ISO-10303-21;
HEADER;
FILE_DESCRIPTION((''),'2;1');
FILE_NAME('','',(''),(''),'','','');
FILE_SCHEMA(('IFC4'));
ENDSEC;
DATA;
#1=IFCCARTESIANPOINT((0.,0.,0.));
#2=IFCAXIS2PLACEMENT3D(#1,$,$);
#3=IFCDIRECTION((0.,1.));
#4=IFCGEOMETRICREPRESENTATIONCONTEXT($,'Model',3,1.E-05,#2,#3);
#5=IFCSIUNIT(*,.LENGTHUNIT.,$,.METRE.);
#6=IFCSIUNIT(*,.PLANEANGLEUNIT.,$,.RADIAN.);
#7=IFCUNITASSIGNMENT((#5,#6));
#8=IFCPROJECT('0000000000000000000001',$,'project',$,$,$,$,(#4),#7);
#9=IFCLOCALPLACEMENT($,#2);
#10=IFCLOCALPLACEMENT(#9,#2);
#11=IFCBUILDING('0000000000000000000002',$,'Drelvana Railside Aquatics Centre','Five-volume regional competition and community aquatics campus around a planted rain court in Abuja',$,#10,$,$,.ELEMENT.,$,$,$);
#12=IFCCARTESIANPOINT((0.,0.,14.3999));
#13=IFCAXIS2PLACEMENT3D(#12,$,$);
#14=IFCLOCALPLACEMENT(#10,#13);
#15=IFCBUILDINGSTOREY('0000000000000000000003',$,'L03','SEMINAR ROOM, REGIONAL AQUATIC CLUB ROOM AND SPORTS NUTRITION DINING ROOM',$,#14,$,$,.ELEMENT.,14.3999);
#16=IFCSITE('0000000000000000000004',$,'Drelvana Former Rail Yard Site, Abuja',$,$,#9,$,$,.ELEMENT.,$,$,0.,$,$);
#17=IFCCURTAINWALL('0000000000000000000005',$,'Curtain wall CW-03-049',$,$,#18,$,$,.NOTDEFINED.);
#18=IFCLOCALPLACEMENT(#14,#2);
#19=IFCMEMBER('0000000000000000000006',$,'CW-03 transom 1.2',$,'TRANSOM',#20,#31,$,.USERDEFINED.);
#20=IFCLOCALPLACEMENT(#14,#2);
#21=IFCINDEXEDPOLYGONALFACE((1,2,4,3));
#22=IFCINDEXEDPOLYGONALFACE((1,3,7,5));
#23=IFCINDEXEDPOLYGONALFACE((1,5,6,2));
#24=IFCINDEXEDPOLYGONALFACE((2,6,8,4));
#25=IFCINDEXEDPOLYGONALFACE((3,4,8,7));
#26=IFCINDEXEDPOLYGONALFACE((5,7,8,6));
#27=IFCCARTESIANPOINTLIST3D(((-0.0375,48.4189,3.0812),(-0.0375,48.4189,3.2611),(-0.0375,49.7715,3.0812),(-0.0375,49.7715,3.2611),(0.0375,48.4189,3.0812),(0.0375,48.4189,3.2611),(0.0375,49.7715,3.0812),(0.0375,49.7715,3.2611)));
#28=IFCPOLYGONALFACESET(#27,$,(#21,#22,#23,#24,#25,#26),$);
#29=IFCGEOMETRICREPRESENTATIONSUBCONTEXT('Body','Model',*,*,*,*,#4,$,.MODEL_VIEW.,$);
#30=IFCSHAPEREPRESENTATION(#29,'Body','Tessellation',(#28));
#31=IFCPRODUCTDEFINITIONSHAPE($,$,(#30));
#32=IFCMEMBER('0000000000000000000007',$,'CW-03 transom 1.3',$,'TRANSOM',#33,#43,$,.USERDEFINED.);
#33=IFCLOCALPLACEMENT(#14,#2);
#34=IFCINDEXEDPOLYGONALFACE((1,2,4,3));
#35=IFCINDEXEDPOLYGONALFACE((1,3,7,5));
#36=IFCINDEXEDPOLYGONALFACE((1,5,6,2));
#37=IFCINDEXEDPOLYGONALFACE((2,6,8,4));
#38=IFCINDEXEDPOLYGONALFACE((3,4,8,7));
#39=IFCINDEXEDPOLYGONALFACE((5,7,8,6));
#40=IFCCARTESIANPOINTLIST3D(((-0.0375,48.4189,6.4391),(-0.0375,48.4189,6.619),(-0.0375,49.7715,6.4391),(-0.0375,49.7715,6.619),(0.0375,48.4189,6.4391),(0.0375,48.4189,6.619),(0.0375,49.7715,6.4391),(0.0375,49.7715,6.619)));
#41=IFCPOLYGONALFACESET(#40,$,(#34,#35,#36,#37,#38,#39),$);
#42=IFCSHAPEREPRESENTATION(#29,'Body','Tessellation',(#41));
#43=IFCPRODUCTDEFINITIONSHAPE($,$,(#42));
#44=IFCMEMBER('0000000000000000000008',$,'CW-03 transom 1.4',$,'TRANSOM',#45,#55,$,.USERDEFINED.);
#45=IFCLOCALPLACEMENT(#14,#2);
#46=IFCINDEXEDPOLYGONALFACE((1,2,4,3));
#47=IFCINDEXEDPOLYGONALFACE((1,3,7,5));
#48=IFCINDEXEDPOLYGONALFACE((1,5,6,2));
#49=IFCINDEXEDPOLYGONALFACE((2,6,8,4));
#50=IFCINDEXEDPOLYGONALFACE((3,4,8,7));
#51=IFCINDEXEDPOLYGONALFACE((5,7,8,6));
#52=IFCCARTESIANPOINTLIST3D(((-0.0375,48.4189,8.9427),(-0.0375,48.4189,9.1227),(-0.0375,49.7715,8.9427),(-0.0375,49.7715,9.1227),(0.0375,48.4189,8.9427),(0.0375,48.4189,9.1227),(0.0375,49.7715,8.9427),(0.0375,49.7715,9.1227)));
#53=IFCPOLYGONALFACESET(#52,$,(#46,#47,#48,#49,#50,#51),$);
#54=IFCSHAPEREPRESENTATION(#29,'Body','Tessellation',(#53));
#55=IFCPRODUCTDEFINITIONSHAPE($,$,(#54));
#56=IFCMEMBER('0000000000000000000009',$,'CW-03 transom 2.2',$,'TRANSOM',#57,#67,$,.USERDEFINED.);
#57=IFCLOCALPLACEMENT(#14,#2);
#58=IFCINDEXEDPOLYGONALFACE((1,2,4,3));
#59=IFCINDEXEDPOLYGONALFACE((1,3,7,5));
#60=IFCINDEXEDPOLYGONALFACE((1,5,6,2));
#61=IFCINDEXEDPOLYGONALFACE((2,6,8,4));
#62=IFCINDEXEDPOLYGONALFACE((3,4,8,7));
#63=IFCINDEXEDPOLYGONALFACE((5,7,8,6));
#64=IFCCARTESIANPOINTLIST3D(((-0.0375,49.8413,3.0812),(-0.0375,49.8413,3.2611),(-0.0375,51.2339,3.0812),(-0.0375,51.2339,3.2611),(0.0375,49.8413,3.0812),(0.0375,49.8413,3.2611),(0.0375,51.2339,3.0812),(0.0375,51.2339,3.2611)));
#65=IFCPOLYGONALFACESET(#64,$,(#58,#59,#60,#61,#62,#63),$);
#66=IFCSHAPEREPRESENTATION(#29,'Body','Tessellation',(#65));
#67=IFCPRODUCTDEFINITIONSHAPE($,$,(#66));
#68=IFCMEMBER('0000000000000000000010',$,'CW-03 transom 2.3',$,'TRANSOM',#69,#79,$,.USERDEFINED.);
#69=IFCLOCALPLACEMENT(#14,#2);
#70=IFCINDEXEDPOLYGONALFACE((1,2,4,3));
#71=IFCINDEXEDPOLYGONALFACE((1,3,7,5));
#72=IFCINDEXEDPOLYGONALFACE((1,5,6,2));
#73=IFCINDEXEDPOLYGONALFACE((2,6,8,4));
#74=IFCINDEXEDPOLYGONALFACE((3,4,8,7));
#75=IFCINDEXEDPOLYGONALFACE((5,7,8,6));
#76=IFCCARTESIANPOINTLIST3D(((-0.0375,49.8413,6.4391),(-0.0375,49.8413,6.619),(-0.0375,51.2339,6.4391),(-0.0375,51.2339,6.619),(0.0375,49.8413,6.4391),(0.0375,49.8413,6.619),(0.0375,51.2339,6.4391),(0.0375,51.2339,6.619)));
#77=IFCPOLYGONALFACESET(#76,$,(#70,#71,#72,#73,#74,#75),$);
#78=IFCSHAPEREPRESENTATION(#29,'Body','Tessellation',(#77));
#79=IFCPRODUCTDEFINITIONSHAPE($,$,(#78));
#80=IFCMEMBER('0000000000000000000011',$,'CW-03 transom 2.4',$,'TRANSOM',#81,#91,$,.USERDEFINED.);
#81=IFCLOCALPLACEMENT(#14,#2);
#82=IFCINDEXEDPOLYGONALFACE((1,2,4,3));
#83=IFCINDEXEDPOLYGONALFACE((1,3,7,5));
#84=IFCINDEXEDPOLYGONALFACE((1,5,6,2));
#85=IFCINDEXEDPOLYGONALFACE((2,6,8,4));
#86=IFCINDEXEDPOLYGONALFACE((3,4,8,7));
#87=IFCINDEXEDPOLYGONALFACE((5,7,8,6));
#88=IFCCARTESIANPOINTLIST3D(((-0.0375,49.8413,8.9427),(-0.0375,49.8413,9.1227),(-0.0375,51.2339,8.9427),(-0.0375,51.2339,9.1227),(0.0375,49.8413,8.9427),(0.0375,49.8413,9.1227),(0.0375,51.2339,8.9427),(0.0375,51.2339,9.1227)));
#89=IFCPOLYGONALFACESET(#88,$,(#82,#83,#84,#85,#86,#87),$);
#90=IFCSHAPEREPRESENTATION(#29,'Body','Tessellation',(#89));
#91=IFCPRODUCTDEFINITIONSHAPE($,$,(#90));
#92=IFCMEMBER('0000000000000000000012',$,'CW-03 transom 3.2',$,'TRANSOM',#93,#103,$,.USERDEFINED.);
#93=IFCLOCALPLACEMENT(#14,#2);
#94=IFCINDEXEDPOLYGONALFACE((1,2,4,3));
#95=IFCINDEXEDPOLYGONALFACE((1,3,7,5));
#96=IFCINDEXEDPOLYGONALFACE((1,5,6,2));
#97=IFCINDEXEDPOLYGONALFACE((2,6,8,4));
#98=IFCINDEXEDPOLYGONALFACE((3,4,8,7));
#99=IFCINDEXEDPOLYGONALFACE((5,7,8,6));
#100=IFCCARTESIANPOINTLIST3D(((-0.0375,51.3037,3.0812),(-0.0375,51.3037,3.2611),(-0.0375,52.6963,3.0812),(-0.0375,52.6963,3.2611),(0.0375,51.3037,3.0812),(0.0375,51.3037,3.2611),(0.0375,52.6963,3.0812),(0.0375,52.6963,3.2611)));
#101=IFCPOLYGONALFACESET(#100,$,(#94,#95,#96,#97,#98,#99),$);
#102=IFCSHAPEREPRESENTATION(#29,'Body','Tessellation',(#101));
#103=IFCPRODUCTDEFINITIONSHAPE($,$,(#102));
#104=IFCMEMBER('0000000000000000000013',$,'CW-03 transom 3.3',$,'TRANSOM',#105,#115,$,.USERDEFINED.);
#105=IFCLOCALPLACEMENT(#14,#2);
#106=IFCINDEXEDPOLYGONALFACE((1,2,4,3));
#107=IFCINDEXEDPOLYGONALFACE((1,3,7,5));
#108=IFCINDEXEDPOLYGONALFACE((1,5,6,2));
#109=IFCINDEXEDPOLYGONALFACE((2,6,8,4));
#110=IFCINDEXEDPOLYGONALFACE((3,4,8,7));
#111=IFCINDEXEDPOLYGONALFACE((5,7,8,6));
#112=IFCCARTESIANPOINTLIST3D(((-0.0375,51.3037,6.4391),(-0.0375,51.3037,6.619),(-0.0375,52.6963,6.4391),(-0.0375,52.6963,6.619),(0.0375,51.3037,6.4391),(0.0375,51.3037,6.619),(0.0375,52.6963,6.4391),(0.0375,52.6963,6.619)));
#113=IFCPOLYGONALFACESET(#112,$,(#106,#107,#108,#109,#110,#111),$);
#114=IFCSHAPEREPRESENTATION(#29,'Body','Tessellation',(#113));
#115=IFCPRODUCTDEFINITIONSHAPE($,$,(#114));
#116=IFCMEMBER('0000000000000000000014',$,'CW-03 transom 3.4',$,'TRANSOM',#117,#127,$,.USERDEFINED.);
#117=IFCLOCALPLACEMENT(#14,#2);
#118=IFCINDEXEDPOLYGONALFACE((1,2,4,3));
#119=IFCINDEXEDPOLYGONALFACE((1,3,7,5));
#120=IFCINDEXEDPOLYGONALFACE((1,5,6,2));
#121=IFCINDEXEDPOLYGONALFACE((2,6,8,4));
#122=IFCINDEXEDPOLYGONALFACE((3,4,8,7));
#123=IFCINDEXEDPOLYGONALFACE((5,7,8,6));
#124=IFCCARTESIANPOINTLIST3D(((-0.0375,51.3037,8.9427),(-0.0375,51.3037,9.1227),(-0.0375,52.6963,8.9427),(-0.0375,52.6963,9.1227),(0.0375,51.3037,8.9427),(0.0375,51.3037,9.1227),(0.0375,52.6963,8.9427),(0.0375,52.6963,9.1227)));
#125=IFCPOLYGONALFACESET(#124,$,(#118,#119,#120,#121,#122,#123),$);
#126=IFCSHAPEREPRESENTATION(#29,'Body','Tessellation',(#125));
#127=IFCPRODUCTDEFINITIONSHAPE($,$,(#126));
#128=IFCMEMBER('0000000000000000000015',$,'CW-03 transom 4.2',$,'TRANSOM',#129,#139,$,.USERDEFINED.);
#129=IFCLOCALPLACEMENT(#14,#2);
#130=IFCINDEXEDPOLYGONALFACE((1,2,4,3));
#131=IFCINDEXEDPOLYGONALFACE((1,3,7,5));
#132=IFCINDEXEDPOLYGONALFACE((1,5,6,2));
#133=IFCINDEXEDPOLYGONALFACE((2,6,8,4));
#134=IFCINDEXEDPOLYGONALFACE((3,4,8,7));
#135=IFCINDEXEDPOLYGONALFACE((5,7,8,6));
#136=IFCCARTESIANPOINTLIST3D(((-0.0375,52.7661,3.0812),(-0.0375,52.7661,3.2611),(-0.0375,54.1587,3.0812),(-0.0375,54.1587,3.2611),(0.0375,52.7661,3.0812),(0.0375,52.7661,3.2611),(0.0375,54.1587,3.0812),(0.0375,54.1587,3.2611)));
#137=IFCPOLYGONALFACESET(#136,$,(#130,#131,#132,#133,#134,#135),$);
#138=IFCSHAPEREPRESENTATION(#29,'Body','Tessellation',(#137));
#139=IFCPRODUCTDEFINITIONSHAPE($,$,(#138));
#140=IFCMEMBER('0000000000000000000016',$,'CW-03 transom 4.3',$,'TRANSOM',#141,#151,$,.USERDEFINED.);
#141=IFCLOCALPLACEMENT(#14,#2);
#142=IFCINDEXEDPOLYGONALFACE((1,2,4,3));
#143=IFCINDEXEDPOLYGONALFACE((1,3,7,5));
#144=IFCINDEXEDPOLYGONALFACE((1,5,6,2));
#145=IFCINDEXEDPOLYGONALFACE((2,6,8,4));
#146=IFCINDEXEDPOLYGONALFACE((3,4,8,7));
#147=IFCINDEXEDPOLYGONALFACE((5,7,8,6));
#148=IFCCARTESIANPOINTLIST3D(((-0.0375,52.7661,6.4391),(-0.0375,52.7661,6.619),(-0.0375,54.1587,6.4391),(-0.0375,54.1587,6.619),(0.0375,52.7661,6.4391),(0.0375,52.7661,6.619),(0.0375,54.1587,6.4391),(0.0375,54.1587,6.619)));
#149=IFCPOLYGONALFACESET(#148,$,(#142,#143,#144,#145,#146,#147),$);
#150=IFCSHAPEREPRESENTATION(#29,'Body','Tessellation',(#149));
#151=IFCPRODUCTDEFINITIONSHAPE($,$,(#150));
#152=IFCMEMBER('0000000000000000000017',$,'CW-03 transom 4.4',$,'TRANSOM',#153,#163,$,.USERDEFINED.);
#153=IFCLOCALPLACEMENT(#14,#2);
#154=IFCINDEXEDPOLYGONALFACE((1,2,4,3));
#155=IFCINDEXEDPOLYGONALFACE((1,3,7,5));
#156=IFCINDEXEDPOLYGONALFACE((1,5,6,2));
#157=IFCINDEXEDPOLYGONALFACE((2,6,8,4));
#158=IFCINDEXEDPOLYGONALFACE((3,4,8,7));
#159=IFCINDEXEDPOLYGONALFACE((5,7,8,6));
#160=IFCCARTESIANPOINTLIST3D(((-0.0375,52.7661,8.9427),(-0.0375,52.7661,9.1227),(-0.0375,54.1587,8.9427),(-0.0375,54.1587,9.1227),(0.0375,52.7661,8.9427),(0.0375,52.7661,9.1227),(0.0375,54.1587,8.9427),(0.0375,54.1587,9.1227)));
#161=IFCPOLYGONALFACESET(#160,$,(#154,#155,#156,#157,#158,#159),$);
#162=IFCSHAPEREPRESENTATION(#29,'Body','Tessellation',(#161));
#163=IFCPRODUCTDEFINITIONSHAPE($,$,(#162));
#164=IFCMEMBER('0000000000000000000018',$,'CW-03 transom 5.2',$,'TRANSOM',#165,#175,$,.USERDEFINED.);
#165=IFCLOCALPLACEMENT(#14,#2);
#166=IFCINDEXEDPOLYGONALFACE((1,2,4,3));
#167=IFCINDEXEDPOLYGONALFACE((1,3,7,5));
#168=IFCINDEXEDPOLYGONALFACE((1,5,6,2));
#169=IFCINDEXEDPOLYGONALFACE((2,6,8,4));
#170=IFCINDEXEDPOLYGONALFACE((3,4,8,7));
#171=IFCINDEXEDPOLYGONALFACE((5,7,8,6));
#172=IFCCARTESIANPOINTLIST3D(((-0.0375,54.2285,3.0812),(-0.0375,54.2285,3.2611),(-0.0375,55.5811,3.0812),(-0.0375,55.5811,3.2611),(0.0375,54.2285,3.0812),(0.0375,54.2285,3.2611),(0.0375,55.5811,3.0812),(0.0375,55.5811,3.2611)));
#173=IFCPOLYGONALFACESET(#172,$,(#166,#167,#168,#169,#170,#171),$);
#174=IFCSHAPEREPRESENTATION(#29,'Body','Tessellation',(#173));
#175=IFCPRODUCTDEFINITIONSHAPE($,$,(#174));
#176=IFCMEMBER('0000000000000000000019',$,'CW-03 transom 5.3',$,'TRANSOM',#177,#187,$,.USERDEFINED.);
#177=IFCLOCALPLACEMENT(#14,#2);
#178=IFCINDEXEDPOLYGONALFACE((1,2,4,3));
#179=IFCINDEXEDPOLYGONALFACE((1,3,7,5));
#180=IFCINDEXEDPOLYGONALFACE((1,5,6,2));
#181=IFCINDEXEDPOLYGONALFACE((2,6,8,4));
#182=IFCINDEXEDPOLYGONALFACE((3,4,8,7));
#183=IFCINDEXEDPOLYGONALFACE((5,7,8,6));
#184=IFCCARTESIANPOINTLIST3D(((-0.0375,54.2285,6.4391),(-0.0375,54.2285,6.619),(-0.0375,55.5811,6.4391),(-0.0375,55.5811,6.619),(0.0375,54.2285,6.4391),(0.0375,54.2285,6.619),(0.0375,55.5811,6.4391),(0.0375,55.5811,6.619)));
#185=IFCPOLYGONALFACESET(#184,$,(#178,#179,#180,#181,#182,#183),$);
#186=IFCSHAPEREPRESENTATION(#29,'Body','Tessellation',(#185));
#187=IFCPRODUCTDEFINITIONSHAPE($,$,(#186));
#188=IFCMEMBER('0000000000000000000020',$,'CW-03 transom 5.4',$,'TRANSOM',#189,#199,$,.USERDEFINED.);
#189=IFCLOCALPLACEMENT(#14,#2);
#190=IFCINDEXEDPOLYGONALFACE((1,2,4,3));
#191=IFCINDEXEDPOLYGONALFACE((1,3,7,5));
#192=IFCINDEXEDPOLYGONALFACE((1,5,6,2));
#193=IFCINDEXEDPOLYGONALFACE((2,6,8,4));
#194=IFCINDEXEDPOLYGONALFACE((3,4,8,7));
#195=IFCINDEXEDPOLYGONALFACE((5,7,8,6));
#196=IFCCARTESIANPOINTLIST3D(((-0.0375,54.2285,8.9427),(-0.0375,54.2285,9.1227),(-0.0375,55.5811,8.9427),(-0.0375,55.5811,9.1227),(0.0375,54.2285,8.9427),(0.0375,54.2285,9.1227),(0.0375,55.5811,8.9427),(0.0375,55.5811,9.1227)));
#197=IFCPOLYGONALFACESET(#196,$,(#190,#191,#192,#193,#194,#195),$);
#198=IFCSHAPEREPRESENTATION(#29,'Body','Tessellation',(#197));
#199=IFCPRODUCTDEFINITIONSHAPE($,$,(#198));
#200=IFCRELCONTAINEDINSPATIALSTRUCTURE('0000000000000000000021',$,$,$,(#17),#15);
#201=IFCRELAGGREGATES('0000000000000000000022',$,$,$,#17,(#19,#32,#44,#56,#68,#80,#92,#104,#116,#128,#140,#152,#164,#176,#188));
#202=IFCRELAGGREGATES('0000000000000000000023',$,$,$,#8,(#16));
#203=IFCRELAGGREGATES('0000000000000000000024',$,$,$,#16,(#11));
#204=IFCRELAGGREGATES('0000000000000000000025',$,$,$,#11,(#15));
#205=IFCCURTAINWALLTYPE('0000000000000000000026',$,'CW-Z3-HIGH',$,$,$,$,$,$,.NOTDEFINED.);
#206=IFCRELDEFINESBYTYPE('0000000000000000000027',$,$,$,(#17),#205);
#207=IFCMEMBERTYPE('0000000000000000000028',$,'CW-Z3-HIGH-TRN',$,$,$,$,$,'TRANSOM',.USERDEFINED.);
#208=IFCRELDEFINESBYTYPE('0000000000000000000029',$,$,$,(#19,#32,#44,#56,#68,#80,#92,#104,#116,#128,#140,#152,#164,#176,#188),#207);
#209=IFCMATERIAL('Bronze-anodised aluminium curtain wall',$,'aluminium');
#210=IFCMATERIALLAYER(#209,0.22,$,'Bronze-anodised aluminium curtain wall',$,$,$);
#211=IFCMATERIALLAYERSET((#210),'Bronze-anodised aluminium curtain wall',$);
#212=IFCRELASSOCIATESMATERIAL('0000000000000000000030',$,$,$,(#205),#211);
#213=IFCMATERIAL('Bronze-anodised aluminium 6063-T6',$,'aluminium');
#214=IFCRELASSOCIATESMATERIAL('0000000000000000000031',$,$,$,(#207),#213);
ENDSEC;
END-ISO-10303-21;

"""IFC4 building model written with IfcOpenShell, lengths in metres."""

from ifc_helpers import new_model, si_unit, direction, frame, origin, origin_2d, place, context, subcontext, project, spatial, rectangle, extrude, material, layer, layer_set, material_profile, profile_set, type_object, element, aggregate, save


model = new_model("IFC4")

# Units and contexts
model_context = context("Model", 3, precision=1e-05, world=origin(), true_north=direction((0.0, 1.0)))
body_context = subcontext(model_context, "Body", "Model", "MODEL_VIEW")
ifc_project = project(units=[si_unit("LENGTHUNIT", "METRE"), si_unit("PLANEANGLEUNIT", "RADIAN")], contexts=[model_context])

# Site, building, storey
site_placement = place(None, origin())
site = spatial("IfcSite", under=ifc_project, at=site_placement, Name="Drelvana Former Rail Yard Site, Abuja", CompositionType="ELEMENT", RefElevation=0.0)
building_placement = place(site_placement, origin())
building = spatial("IfcBuilding", under=site, at=building_placement, Name="Drelvana Railside Aquatics Centre", Description="Five-volume regional competition and community aquatics campus around a planted rain court in Abuja", CompositionType="ELEMENT")
storey_placement = place(building_placement, frame((0.0, 0.0, 14.3999)))
storey = spatial("IfcBuildingStorey", under=building, at=storey_placement, Name="L03", Description="SEMINAR ROOM, REGIONAL AQUATIC CLUB ROOM AND SPORTS NUTRITION DINING ROOM", CompositionType="ELEMENT", Elevation=14.3999)

# Curtain wall, members
ifc_material_1 = material(Name="Bronze-anodised aluminium curtain wall", Category="aluminium")
ifc_layer_1 = layer(ifc_material_1, 0.22, Name="Bronze-anodised aluminium curtain wall")
ifc_layer_set_1 = layer_set([ifc_layer_1], Name="Bronze-anodised aluminium curtain wall")
curtain_wall_type = type_object("IfcCurtainWallType", Name="CW-Z3-HIGH", PredefinedType="NOTDEFINED", material=ifc_layer_set_1)
curtain_wall_placement = place(storey_placement, origin())
curtain_wall = element("IfcCurtainWall", 1, at=curtain_wall_placement, inside=storey, type_object=curtain_wall_type, Name="Curtain wall CW-03-049", PredefinedType="NOTDEFINED")
ifc_material_2 = material(Name="Bronze-anodised aluminium 6063-T6", Category="aluminium")
ifc_material_profile = material_profile(ifc_material_2, rectangle(XDim=0.1799, YDim=0.075, at=origin_2d()), Name="ALU-T 75x180")
ifc_profile_set = profile_set([ifc_material_profile], Name="Bronze-anodised aluminium 6063-T6")
member_type = type_object("IfcMemberType", Name="CW-Z3-HIGH-TRN", ElementType="TRANSOM", PredefinedType="USERDEFINED", material=ifc_profile_set)
member_1_placement = place(storey_placement, frame((0.0, 48.4189, 3.1711), z_axis=(0.0, 1.0, 0.0), x_axis=(0.0, 0.0, 1.0)))
member_1 = element("IfcMember", 2, at=member_1_placement, type_object=member_type, Name="CW-03 transom 1.2", ObjectType="TRANSOM", PredefinedType="USERDEFINED", context=body_context, shape_type="SweptSolid", body=[
    extrude(rectangle(XDim=0.1799, YDim=0.075, at=origin_2d()), origin(), (0.0, 0.0, 1.0), 1.3525),
])
member_2_placement = place(storey_placement, frame((0.0, 48.4189, 6.5291), z_axis=(0.0, 1.0, 0.0), x_axis=(0.0, 0.0, 1.0)))
member_2 = element("IfcMember", 3, at=member_2_placement, type_object=member_type, Name="CW-03 transom 1.3", ObjectType="TRANSOM", PredefinedType="USERDEFINED", context=body_context, shape_type="SweptSolid", body=[
    extrude(rectangle(XDim=0.1799, YDim=0.075, at=origin_2d()), origin(), (0.0, 0.0, 1.0), 1.3525),
])
member_3_placement = place(storey_placement, frame((0.0, 48.4189, 9.0327), z_axis=(0.0, 1.0, 0.0), x_axis=(0.0, 0.0, 1.0)))
member_3 = element("IfcMember", 4, at=member_3_placement, type_object=member_type, Name="CW-03 transom 1.4", ObjectType="TRANSOM", PredefinedType="USERDEFINED", context=body_context, shape_type="SweptSolid", body=[
    extrude(rectangle(XDim=0.1799, YDim=0.075, at=origin_2d()), origin(), (0.0, 0.0, 1.0), 1.3525),
])
member_4_placement = place(storey_placement, frame((0.0, 49.8413, 3.1711), z_axis=(0.0, 1.0, 0.0), x_axis=(0.0, 0.0, 1.0)))
member_4 = element("IfcMember", 5, at=member_4_placement, type_object=member_type, Name="CW-03 transom 2.2", ObjectType="TRANSOM", PredefinedType="USERDEFINED", context=body_context, shape_type="SweptSolid", body=[
    extrude(rectangle(XDim=0.1799, YDim=0.075, at=origin_2d()), origin(), (0.0, 0.0, 1.0), 1.3926),
])
member_5_placement = place(storey_placement, frame((0.0, 49.8413, 6.5291), z_axis=(0.0, 1.0, 0.0), x_axis=(0.0, 0.0, 1.0)))
member_5 = element("IfcMember", 6, at=member_5_placement, type_object=member_type, Name="CW-03 transom 2.3", ObjectType="TRANSOM", PredefinedType="USERDEFINED", context=body_context, shape_type="SweptSolid", body=[
    extrude(rectangle(XDim=0.1799, YDim=0.075, at=origin_2d()), origin(), (0.0, 0.0, 1.0), 1.3926),
])
member_6_placement = place(storey_placement, frame((0.0, 49.8413, 9.0327), z_axis=(0.0, 1.0, 0.0), x_axis=(0.0, 0.0, 1.0)))
member_6 = element("IfcMember", 7, at=member_6_placement, type_object=member_type, Name="CW-03 transom 2.4", ObjectType="TRANSOM", PredefinedType="USERDEFINED", context=body_context, shape_type="SweptSolid", body=[
    extrude(rectangle(XDim=0.1799, YDim=0.075, at=origin_2d()), origin(), (0.0, 0.0, 1.0), 1.3926),
])
member_7_placement = place(storey_placement, frame((0.0, 51.3037, 3.1711), z_axis=(0.0, 1.0, 0.0), x_axis=(0.0, 0.0, 1.0)))
member_7 = element("IfcMember", 8, at=member_7_placement, type_object=member_type, Name="CW-03 transom 3.2", ObjectType="TRANSOM", PredefinedType="USERDEFINED", context=body_context, shape_type="SweptSolid", body=[
    extrude(rectangle(XDim=0.1799, YDim=0.075, at=origin_2d()), origin(), (0.0, 0.0, 1.0), 1.3926),
])
member_8_placement = place(storey_placement, frame((0.0, 51.3037, 6.5291), z_axis=(0.0, 1.0, 0.0), x_axis=(0.0, 0.0, 1.0)))
member_8 = element("IfcMember", 9, at=member_8_placement, type_object=member_type, Name="CW-03 transom 3.3", ObjectType="TRANSOM", PredefinedType="USERDEFINED", context=body_context, shape_type="SweptSolid", body=[
    extrude(rectangle(XDim=0.1799, YDim=0.075, at=origin_2d()), origin(), (0.0, 0.0, 1.0), 1.3926),
])
member_9_placement = place(storey_placement, frame((0.0, 51.3037, 9.0327), z_axis=(0.0, 1.0, 0.0), x_axis=(0.0, 0.0, 1.0)))
member_9 = element("IfcMember", 10, at=member_9_placement, type_object=member_type, Name="CW-03 transom 3.4", ObjectType="TRANSOM", PredefinedType="USERDEFINED", context=body_context, shape_type="SweptSolid", body=[
    extrude(rectangle(XDim=0.1799, YDim=0.075, at=origin_2d()), origin(), (0.0, 0.0, 1.0), 1.3926),
])
member_10_placement = place(storey_placement, frame((0.0, 52.7661, 3.1711), z_axis=(0.0, 1.0, 0.0), x_axis=(0.0, 0.0, 1.0)))
member_10 = element("IfcMember", 11, at=member_10_placement, type_object=member_type, Name="CW-03 transom 4.2", ObjectType="TRANSOM", PredefinedType="USERDEFINED", context=body_context, shape_type="SweptSolid", body=[
    extrude(rectangle(XDim=0.1799, YDim=0.075, at=origin_2d()), origin(), (0.0, 0.0, 1.0), 1.3926),
])
member_11_placement = place(storey_placement, frame((0.0, 52.7661, 6.5291), z_axis=(0.0, 1.0, 0.0), x_axis=(0.0, 0.0, 1.0)))
member_11 = element("IfcMember", 12, at=member_11_placement, type_object=member_type, Name="CW-03 transom 4.3", ObjectType="TRANSOM", PredefinedType="USERDEFINED", context=body_context, shape_type="SweptSolid", body=[
    extrude(rectangle(XDim=0.1799, YDim=0.075, at=origin_2d()), origin(), (0.0, 0.0, 1.0), 1.3926),
])
member_12_placement = place(storey_placement, frame((0.0, 52.7661, 9.0327), z_axis=(0.0, 1.0, 0.0), x_axis=(0.0, 0.0, 1.0)))
member_12 = element("IfcMember", 13, at=member_12_placement, type_object=member_type, Name="CW-03 transom 4.4", ObjectType="TRANSOM", PredefinedType="USERDEFINED", context=body_context, shape_type="SweptSolid", body=[
    extrude(rectangle(XDim=0.1799, YDim=0.075, at=origin_2d()), origin(), (0.0, 0.0, 1.0), 1.3926),
])
member_13_placement = place(storey_placement, frame((0.0, 54.2285, 3.1711), z_axis=(0.0, 1.0, 0.0), x_axis=(0.0, 0.0, 1.0)))
member_13 = element("IfcMember", 14, at=member_13_placement, type_object=member_type, Name="CW-03 transom 5.2", ObjectType="TRANSOM", PredefinedType="USERDEFINED", context=body_context, shape_type="SweptSolid", body=[
    extrude(rectangle(XDim=0.1799, YDim=0.075, at=origin_2d()), origin(), (0.0, 0.0, 1.0), 1.3525),
])
member_14_placement = place(storey_placement, frame((0.0, 54.2285, 6.5291), z_axis=(0.0, 1.0, 0.0), x_axis=(0.0, 0.0, 1.0)))
member_14 = element("IfcMember", 15, at=member_14_placement, type_object=member_type, Name="CW-03 transom 5.3", ObjectType="TRANSOM", PredefinedType="USERDEFINED", context=body_context, shape_type="SweptSolid", body=[
    extrude(rectangle(XDim=0.1799, YDim=0.075, at=origin_2d()), origin(), (0.0, 0.0, 1.0), 1.3525),
])
member_15_placement = place(storey_placement, frame((0.0, 54.2285, 9.0327), z_axis=(0.0, 1.0, 0.0), x_axis=(0.0, 0.0, 1.0)))
member_15 = element("IfcMember", 16, at=member_15_placement, type_object=member_type, Name="CW-03 transom 5.4", ObjectType="TRANSOM", PredefinedType="USERDEFINED", context=body_context, shape_type="SweptSolid", body=[
    extrude(rectangle(XDim=0.1799, YDim=0.075, at=origin_2d()), origin(), (0.0, 0.0, 1.0), 1.3525),
])
aggregate(curtain_wall, [member_1, member_2, member_3, member_4, member_5, member_6, member_7, member_8, member_9, member_10, member_11, member_12, member_13, member_14, member_15])

save(model, "model.ifc")
